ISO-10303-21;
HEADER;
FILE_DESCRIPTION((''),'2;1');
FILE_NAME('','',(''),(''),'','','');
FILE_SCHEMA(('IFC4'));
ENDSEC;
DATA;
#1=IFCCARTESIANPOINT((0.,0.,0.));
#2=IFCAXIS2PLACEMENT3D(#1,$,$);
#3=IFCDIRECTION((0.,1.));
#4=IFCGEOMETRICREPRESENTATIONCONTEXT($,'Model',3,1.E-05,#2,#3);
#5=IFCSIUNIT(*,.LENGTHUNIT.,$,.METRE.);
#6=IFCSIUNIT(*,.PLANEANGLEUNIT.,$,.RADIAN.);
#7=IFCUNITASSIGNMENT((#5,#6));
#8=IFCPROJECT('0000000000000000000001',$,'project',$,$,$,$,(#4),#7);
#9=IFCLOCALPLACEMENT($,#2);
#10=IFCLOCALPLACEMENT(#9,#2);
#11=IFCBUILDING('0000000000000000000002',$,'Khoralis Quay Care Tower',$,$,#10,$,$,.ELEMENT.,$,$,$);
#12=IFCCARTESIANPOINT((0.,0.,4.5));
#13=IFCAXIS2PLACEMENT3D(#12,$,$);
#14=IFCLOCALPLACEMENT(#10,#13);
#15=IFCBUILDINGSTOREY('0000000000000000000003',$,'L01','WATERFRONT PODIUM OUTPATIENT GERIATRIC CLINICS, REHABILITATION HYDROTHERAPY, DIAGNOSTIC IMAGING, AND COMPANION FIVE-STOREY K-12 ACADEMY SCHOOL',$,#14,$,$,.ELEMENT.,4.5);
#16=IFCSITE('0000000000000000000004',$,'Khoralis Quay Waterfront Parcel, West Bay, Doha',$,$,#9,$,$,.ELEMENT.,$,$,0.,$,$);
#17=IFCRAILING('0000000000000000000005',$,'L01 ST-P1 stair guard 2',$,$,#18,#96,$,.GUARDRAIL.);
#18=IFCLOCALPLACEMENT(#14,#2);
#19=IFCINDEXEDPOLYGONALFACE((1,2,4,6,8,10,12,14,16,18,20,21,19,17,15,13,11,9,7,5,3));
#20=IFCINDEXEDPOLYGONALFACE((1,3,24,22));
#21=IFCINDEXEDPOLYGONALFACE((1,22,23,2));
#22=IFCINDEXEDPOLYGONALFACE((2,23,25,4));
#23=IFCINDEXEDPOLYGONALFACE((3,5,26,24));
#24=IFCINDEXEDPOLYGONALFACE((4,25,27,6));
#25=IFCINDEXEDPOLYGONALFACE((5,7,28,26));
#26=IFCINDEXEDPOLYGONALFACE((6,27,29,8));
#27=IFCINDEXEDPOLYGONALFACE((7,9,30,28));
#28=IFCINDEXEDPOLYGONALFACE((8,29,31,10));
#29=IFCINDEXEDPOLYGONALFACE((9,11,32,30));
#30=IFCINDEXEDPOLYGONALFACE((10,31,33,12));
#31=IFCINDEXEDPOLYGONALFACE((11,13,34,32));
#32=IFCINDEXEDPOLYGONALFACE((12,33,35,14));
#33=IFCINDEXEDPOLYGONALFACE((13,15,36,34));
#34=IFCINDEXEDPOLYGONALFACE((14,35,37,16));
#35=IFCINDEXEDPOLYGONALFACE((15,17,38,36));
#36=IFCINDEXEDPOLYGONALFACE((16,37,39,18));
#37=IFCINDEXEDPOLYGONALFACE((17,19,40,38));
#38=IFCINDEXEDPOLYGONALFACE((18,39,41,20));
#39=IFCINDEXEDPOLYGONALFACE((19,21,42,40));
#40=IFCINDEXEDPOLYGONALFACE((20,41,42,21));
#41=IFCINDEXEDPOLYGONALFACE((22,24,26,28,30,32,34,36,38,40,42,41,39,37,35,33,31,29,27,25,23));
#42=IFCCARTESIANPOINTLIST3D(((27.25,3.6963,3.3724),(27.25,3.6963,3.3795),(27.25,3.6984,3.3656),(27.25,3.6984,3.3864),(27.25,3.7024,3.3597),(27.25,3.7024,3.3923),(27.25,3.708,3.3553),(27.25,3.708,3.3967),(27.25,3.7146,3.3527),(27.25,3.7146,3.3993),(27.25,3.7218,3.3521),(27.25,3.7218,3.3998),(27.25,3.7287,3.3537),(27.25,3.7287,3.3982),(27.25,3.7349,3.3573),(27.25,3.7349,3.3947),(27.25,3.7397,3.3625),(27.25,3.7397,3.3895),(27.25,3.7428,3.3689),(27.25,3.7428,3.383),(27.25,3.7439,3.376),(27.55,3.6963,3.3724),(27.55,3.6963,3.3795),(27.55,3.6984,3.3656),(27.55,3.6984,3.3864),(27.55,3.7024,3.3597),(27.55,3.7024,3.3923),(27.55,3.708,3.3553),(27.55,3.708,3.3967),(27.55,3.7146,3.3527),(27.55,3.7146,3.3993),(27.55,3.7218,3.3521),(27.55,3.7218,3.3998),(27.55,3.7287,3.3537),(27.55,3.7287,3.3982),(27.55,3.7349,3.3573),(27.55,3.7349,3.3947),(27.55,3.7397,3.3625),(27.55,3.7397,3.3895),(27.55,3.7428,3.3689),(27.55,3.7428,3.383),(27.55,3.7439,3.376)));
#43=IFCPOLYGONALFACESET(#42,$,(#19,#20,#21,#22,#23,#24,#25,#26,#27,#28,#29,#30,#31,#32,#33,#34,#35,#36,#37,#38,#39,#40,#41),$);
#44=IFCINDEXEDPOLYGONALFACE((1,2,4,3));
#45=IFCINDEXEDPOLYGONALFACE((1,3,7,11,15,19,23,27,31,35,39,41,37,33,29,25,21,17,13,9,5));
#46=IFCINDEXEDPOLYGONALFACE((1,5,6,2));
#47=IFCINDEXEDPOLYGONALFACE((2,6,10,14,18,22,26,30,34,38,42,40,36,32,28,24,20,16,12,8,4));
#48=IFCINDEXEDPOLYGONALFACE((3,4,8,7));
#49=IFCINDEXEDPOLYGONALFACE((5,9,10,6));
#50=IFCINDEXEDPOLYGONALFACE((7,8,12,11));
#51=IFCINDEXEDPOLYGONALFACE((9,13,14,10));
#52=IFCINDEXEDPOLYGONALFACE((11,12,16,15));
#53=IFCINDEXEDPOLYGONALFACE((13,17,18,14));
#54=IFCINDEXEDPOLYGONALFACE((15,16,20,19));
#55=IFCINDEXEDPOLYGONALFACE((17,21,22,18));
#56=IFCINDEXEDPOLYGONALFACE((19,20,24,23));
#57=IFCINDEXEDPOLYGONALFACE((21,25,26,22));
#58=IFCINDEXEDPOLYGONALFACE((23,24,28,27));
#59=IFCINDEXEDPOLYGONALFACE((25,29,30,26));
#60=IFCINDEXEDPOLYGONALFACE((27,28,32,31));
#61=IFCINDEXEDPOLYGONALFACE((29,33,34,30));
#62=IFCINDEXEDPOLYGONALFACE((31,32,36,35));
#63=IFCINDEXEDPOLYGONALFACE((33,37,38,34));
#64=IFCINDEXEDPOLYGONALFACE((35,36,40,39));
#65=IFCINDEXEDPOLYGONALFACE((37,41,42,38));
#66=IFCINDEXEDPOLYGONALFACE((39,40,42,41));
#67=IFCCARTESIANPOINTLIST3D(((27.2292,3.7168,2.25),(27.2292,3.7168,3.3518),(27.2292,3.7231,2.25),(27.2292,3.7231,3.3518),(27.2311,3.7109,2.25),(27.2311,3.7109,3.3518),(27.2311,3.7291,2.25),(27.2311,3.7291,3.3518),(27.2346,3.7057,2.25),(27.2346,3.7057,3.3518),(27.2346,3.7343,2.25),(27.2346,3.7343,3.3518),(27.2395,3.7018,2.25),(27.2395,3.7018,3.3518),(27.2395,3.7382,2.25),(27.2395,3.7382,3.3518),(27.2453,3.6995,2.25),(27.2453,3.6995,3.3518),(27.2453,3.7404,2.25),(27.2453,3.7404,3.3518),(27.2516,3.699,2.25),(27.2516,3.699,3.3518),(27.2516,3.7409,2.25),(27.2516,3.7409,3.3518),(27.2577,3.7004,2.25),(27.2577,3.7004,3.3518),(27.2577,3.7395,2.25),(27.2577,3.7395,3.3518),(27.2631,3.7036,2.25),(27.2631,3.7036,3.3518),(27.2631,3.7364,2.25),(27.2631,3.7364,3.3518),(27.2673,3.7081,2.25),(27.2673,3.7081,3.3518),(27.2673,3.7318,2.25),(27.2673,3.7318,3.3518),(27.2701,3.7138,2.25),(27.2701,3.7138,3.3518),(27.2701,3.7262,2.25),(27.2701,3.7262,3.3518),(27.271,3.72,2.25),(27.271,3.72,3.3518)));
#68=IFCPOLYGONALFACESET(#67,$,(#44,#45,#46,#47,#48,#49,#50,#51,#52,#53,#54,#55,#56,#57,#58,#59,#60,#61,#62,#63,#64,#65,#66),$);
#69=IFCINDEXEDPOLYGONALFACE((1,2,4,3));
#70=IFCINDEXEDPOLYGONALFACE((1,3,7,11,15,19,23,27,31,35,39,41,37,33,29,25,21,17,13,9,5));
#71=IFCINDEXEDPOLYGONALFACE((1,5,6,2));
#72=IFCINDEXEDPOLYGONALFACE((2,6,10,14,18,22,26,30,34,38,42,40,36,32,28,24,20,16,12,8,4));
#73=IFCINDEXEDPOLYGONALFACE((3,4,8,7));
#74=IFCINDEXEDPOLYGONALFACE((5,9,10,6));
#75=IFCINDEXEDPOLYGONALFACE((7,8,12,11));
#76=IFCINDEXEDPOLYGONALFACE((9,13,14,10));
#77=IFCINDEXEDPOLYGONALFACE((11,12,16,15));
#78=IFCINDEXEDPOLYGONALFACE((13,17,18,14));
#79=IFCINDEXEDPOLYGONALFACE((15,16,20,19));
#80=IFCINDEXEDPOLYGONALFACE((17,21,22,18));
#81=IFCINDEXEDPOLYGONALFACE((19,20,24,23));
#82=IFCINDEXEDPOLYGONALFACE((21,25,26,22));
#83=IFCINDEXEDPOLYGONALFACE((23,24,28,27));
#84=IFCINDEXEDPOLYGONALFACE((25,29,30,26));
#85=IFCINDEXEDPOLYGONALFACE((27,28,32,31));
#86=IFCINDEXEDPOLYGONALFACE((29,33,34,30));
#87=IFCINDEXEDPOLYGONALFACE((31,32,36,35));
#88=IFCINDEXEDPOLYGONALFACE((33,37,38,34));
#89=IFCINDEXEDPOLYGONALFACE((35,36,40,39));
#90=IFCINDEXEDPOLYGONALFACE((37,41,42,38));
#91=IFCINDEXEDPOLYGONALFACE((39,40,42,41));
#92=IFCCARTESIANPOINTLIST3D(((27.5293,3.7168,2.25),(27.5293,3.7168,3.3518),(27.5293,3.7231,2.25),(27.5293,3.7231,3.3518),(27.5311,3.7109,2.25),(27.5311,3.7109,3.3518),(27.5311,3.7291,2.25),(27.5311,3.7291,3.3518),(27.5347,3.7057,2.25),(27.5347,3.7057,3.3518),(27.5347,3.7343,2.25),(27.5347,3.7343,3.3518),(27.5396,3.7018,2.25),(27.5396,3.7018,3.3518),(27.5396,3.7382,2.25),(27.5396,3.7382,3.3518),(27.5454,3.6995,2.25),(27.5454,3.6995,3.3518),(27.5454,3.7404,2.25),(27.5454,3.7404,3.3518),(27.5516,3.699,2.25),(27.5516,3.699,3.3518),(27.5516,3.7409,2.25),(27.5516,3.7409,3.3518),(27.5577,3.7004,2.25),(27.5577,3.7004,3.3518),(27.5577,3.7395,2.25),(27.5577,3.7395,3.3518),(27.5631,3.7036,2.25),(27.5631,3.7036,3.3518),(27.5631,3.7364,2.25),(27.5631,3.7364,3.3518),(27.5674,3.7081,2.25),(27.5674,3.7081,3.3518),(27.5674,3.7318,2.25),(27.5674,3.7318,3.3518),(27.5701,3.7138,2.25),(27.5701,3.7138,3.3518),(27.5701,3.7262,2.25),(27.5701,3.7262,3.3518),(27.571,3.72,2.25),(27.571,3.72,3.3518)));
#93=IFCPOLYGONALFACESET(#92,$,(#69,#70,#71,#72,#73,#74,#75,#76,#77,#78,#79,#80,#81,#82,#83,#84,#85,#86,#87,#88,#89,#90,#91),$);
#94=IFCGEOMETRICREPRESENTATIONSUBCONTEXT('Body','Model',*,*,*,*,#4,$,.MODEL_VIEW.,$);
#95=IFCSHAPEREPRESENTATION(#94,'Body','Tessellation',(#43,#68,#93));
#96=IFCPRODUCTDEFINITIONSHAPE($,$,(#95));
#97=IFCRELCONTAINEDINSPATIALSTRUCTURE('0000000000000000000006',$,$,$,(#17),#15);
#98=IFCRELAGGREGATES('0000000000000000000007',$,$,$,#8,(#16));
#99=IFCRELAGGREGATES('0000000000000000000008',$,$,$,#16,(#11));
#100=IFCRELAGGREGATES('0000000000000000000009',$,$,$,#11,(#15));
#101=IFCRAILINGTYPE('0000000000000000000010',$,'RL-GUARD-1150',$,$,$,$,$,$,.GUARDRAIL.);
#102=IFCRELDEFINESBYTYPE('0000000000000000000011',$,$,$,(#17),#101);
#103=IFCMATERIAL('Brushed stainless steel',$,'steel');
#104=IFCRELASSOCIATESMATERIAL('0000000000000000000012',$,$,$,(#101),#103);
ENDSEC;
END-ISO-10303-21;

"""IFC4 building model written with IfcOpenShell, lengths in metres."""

from ifc_helpers import new_model, si_unit, direction, frame, origin, origin_2d, place, context, subcontext, project, spatial, circle, extrude, material, type_object, element, save


model = new_model("IFC4")

# Units and contexts
model_context = context("Model", 3, precision=1e-05, world=origin(), true_north=direction((0.0, 1.0)))
body_context = subcontext(model_context, "Body", "Model", "MODEL_VIEW")
ifc_project = project(units=[si_unit("LENGTHUNIT", "METRE"), si_unit("PLANEANGLEUNIT", "RADIAN")], contexts=[model_context])

# Site, building, storey
site_placement = place(None, origin())
site = spatial("IfcSite", under=ifc_project, at=site_placement, Name="Khoralis Quay Waterfront Parcel, West Bay, Doha", CompositionType="ELEMENT", RefElevation=0.0)
building_placement = place(site_placement, origin())
building = spatial("IfcBuilding", under=site, at=building_placement, Name="Khoralis Quay Care Tower", CompositionType="ELEMENT")
storey_placement = place(building_placement, frame((0.0, 0.0, 4.5)))
storey = spatial("IfcBuildingStorey", under=building, at=storey_placement, Name="L01", Description="WATERFRONT PODIUM OUTPATIENT GERIATRIC CLINICS, REHABILITATION HYDROTHERAPY, DIAGNOSTIC IMAGING, AND COMPANION FIVE-STOREY K-12 ACADEMY SCHOOL", CompositionType="ELEMENT", Elevation=4.5)

# Shared definitions
ifc_material_1 = material(Name="Brushed stainless steel", Category="steel")

# Railing
railing_type_1 = type_object("IfcRailingType", Name="RL-GUARD-1150", PredefinedType="GUARDRAIL", material=ifc_material_1)
railing_1_placement = place(storey_placement, frame((27.25, 3.72, 2.25)))
element("IfcRailing", 1, at=railing_1_placement, inside=storey, type_object=railing_type_1, Name="L01 ST-P1 stair guard 2", PredefinedType="GUARDRAIL", context=body_context, shape_type="SweptSolid", body=[
    extrude(circle(Radius=0.0239, at=origin_2d()), frame((0.0, 0.0, 1.126), z_axis=(1.0, 0.0, 0.0), x_axis=(0.0, 1.0, 0.0)), (0.0, 0.0, 1.0), 0.3),
    extrude(circle(Radius=0.021, at=origin_2d()), origin(), (0.0, 0.0, 1.0), 1.1018),
    extrude(circle(Radius=0.021, at=origin_2d()), frame((0.3, 0.0, 0.0)), (0.0, 0.0, 1.0), 1.1018),
])

save(model, "model.ifc")
